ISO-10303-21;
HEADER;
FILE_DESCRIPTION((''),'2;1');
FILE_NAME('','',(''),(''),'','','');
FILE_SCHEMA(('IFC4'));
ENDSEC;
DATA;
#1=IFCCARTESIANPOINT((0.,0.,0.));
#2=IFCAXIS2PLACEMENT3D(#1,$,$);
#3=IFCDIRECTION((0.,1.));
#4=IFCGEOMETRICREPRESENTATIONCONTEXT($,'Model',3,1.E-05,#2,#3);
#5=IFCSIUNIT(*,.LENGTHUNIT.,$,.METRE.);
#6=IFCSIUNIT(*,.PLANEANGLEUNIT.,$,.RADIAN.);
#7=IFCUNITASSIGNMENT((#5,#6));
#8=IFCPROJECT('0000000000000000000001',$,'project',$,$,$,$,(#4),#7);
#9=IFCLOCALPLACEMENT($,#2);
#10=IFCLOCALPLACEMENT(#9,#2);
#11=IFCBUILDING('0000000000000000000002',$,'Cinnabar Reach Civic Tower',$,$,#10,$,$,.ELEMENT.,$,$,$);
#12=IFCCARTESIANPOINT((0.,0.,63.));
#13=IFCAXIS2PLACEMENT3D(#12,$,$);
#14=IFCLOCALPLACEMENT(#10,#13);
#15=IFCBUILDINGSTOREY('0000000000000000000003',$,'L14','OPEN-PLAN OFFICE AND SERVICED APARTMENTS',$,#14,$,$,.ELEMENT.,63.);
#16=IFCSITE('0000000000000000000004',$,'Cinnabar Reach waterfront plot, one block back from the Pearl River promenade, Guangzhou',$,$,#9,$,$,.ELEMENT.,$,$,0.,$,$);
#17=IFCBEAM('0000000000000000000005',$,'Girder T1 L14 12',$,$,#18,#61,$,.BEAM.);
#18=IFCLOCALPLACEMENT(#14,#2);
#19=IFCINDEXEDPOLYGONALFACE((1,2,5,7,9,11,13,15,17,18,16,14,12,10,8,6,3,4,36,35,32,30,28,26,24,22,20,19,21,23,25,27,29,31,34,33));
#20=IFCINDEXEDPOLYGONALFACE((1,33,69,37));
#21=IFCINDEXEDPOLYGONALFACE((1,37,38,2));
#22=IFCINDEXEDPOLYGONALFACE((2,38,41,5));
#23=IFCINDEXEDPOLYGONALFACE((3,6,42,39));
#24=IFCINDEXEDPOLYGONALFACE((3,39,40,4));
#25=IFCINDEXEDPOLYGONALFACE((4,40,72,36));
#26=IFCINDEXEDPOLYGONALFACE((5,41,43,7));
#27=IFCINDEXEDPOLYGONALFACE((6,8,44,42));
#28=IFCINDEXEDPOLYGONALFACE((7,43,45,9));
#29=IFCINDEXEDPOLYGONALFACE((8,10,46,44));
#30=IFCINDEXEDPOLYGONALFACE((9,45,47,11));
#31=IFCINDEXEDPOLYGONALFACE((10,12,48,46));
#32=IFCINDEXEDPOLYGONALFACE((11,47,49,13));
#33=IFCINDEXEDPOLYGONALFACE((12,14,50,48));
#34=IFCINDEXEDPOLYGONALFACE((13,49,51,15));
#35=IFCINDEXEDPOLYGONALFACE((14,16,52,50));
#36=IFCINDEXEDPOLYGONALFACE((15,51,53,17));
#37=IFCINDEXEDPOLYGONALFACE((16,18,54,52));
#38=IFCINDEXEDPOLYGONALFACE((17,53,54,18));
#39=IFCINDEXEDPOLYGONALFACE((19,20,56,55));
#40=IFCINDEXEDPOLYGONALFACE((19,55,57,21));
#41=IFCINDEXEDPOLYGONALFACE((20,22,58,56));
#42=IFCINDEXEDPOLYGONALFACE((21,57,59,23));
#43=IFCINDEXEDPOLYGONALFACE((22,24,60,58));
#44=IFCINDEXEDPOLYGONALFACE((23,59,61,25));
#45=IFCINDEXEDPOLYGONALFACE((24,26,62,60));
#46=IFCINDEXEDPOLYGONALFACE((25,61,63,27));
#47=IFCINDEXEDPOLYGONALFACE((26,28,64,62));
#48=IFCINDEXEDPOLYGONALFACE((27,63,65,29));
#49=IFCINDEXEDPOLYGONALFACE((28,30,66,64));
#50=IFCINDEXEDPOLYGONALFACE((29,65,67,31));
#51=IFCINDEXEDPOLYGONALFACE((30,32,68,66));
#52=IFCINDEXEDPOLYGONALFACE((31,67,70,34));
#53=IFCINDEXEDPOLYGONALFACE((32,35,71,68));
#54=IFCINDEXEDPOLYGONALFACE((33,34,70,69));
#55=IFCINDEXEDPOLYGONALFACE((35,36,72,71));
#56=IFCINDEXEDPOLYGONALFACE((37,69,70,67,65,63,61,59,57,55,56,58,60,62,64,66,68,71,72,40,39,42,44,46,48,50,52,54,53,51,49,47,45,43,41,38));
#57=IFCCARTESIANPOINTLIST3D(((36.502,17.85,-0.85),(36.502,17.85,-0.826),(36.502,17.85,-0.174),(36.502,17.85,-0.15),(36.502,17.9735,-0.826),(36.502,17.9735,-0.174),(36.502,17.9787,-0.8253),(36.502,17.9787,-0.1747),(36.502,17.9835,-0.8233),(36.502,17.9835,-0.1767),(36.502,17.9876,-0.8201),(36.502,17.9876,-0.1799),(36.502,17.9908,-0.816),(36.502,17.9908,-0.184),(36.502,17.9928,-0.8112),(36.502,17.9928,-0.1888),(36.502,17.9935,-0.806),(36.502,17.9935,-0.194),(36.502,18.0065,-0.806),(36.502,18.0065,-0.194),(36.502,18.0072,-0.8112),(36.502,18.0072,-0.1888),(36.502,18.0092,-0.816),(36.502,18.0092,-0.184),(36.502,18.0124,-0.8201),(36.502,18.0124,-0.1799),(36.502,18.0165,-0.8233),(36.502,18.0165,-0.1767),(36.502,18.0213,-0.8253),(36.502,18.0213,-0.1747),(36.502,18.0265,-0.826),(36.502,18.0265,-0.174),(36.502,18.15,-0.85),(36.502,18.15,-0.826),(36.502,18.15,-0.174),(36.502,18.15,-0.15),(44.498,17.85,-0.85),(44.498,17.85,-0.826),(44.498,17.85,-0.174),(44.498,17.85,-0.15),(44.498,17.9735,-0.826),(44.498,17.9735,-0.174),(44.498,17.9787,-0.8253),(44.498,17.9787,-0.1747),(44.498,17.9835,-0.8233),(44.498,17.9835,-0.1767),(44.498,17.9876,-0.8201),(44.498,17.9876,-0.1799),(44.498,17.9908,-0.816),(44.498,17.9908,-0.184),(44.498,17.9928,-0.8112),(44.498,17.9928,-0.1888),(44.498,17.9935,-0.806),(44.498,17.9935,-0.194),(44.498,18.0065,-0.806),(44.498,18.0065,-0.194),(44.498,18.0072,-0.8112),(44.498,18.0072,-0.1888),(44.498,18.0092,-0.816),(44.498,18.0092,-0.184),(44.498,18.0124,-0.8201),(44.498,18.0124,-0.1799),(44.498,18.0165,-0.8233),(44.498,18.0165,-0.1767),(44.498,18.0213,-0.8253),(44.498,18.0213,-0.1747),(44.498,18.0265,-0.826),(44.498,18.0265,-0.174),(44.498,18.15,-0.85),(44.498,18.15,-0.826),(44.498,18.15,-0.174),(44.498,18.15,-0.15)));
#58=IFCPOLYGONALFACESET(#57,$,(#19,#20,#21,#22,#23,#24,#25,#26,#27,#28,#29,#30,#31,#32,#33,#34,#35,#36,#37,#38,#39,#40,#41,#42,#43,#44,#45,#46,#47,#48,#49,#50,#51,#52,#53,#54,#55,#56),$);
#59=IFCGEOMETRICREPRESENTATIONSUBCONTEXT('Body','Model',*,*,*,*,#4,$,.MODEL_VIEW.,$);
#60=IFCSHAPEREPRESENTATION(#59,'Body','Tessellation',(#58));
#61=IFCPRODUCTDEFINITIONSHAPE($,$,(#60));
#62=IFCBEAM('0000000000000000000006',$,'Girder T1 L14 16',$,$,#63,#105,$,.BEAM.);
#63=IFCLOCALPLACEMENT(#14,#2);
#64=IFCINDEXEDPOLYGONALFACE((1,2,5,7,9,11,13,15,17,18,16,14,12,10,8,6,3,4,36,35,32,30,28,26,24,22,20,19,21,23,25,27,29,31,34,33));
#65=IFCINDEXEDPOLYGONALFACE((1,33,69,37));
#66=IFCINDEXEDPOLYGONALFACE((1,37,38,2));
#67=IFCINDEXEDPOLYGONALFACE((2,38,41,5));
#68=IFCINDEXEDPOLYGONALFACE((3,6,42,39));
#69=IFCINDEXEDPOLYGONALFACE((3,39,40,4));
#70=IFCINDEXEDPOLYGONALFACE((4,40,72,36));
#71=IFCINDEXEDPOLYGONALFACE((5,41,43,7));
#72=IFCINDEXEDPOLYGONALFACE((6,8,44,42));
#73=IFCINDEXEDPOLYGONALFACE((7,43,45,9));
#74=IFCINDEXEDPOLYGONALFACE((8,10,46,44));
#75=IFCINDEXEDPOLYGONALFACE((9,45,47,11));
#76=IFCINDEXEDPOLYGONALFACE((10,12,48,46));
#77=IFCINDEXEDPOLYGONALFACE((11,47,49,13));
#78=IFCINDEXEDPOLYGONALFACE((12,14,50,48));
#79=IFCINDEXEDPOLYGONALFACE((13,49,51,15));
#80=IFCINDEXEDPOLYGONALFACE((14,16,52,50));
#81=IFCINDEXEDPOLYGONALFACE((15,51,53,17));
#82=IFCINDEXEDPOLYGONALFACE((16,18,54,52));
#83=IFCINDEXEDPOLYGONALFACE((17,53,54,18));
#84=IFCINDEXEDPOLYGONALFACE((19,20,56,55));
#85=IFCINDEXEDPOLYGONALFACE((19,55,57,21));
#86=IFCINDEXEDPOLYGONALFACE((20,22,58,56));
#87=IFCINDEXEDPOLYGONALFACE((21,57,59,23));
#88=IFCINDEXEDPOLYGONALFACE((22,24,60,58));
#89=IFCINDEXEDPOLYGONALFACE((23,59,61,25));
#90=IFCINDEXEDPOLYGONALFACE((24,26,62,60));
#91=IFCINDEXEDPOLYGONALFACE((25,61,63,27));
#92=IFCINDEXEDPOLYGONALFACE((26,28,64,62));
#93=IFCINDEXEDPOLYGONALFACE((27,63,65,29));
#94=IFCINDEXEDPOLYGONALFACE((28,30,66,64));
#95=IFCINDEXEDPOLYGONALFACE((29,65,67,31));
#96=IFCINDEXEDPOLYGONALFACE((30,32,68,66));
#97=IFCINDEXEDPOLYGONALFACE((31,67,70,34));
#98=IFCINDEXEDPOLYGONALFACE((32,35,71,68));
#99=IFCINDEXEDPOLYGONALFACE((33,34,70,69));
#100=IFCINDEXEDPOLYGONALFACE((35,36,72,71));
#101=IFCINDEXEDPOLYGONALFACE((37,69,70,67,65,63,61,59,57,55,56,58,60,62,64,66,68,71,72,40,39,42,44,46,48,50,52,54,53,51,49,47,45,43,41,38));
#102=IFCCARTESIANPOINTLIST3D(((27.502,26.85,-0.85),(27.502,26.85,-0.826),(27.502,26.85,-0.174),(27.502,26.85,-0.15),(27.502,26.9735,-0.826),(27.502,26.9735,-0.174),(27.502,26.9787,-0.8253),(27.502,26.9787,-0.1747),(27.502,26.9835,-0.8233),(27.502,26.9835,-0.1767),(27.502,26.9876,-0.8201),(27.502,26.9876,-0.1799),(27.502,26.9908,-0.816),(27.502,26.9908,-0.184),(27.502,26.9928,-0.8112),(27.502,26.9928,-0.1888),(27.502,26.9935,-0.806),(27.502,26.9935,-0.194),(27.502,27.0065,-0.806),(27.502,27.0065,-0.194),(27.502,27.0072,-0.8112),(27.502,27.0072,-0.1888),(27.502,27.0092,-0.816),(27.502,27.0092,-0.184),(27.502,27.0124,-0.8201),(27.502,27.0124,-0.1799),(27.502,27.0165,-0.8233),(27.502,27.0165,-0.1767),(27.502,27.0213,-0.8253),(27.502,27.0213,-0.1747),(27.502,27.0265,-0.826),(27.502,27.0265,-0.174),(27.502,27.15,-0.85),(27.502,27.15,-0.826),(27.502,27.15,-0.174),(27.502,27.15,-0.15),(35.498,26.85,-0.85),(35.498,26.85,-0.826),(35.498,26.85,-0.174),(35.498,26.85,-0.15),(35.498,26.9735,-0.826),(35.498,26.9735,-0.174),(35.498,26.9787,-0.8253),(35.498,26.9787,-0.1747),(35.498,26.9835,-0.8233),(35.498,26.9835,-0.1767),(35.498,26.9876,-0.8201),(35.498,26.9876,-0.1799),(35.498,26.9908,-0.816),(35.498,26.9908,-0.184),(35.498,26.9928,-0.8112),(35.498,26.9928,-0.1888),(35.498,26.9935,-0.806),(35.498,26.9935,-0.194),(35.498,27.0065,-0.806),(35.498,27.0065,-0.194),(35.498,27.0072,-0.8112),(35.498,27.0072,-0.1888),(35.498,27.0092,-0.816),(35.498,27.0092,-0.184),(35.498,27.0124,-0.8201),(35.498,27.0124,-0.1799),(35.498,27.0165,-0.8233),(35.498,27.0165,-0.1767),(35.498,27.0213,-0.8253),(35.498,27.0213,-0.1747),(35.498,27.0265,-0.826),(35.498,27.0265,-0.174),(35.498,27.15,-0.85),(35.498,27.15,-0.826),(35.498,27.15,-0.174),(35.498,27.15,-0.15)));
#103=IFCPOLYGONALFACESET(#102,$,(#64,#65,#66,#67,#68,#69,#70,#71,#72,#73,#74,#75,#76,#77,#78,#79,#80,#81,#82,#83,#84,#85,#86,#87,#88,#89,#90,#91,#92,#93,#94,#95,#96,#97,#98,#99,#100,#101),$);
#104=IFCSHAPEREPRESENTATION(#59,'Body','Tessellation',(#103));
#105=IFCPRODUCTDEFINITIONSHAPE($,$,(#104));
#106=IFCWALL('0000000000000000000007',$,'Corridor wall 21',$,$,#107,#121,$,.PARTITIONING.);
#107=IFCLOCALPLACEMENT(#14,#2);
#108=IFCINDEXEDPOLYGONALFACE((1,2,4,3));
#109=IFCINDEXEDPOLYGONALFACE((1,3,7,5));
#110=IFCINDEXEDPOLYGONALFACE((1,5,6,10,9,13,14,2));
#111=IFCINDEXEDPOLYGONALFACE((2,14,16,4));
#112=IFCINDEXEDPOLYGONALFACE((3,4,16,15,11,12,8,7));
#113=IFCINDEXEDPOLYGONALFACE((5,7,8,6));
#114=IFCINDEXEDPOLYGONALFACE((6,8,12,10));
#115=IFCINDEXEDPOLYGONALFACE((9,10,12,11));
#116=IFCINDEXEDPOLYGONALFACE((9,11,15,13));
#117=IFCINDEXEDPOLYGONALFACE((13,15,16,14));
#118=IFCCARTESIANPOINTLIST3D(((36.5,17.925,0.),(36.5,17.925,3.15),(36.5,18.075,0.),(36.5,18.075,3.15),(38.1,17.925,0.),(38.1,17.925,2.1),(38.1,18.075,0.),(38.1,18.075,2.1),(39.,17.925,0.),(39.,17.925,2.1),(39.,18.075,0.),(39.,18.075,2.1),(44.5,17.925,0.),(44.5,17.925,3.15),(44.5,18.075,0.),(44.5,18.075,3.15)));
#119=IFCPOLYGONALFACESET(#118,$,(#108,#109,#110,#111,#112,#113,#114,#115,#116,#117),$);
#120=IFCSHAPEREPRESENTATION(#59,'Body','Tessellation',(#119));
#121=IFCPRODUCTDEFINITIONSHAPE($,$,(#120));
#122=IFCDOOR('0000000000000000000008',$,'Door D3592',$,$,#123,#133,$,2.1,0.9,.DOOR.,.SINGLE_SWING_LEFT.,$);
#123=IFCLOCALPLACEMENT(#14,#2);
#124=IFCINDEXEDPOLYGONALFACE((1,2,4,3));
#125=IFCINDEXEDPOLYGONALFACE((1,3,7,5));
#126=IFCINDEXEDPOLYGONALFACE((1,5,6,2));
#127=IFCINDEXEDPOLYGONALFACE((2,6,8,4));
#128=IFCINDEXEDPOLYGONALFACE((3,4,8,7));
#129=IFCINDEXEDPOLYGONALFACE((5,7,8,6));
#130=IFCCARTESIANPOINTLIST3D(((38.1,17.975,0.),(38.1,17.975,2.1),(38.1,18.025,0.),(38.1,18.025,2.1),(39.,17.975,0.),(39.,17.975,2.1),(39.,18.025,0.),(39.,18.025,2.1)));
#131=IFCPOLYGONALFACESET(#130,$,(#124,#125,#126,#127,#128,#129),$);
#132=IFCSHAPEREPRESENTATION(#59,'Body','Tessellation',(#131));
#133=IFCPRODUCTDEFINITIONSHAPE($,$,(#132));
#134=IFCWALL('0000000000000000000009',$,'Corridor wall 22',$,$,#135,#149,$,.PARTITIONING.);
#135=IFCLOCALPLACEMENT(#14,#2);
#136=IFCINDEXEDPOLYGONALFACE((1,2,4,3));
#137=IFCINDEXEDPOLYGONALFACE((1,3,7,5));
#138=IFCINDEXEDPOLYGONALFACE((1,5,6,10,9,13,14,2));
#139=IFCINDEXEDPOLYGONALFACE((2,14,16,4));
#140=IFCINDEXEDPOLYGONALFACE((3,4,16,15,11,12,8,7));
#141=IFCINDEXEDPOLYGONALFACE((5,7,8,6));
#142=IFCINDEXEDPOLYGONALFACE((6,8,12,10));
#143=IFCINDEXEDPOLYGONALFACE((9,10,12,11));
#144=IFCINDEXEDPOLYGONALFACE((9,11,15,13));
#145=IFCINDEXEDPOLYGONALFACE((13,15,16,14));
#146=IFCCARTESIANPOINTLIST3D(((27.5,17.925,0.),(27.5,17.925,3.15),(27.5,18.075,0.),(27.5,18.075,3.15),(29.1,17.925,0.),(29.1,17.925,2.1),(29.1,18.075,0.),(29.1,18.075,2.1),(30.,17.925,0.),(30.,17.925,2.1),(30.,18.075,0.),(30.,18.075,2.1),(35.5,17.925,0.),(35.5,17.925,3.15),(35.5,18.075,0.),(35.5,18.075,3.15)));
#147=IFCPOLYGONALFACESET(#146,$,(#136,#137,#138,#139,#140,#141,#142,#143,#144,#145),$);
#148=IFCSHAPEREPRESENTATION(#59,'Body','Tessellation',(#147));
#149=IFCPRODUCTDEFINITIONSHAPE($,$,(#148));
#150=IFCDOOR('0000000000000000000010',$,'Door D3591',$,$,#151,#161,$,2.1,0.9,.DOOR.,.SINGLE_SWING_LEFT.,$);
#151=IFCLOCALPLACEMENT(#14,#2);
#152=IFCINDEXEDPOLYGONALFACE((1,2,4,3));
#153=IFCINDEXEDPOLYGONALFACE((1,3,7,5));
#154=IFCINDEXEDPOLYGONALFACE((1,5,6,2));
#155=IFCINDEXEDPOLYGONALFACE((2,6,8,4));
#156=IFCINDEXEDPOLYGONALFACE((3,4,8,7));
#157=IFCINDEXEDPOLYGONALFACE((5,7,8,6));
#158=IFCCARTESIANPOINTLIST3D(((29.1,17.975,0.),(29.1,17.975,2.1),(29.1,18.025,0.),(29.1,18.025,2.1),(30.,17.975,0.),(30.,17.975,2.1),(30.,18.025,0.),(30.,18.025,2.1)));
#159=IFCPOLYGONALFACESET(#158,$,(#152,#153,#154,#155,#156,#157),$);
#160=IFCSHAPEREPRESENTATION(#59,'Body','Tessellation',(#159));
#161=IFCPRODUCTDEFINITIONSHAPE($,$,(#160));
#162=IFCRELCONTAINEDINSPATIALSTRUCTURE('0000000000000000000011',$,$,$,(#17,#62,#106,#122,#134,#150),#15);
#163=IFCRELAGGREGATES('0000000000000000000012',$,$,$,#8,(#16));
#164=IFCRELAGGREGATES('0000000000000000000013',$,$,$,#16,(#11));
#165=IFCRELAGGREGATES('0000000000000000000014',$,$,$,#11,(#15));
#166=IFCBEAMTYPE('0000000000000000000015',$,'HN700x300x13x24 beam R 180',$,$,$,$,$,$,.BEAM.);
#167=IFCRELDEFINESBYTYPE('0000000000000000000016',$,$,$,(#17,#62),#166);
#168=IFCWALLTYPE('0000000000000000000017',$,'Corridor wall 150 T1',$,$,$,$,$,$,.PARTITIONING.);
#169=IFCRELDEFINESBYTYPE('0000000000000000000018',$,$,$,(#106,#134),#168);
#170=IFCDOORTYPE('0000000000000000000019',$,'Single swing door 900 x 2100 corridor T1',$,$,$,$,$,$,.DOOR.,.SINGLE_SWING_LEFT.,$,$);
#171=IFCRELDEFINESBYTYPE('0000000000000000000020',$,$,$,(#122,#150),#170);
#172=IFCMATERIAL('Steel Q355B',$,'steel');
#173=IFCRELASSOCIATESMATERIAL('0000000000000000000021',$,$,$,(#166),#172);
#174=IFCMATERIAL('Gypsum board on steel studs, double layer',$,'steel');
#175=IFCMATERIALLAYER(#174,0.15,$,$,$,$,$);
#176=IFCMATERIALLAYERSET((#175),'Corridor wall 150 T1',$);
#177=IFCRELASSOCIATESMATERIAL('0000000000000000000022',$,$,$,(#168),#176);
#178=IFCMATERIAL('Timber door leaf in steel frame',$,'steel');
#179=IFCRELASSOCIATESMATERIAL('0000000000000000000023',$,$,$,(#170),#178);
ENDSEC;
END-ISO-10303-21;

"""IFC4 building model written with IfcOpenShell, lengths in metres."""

from ifc_helpers import new_model, si_unit, direction, frame, frame_2d, origin, origin_2d, place, context, subcontext, project, spatial, rectangle, i_section, extrude, material, layer, layer_set, material_profile, profile_set, type_object, element, fill, save


model = new_model("IFC4")

# Units and contexts
model_context = context("Model", 3, precision=1e-05, world=origin(), true_north=direction((0.0, 1.0)))
body_context = subcontext(model_context, "Body", "Model", "MODEL_VIEW")
ifc_project = project(units=[si_unit("LENGTHUNIT", "METRE"), si_unit("PLANEANGLEUNIT", "RADIAN")], contexts=[model_context])

# Site, building, storey
site_placement = place(None, origin())
site = spatial("IfcSite", under=ifc_project, at=site_placement, Name="Cinnabar Reach waterfront plot, one block back from the Pearl River promenade, Guangzhou", CompositionType="ELEMENT", RefElevation=0.0)
building_placement = place(site_placement, origin())
building = spatial("IfcBuilding", under=site, at=building_placement, Name="Cinnabar Reach Civic Tower", CompositionType="ELEMENT")
storey_placement = place(building_placement, frame((0.0, 0.0, 63.0)))
storey = spatial("IfcBuildingStorey", under=building, at=storey_placement, Name="L14", Description="OPEN-PLAN OFFICE AND SERVICED APARTMENTS", CompositionType="ELEMENT", Elevation=63.0)

# Beams
ifc_material_1 = material(Name="Steel Q355B", Category="steel")
ifc_material_profile_1 = material_profile(ifc_material_1, i_section(OverallWidth=0.3, OverallDepth=0.7, WebThickness=0.013, FlangeThickness=0.024, FilletRadius=0.02, at=origin_2d()), Name="HN700x300x13x24")
ifc_profile_set_1 = profile_set([ifc_material_profile_1], Name="Steel Q355B")
beam_type_1 = type_object("IfcBeamType", Name="HN700x300x13x24 beam R 180", PredefinedType="BEAM", material=ifc_profile_set_1)
for number, where, z_axis, x_axis, name in (
    (1, (36.502, 18.0, -0.5), (1.0, 0.0, 0.0), (0.0, 1.0, 0.0), "Girder T1 L14 12"),
    (2, (27.502, 27.0, -0.5), (1.0, 0.0, 0.0), (0.0, 1.0, 0.0), "Girder T1 L14 16"),
):
    element("IfcBeam", number, at=place(storey_placement, frame(where, z_axis=z_axis, x_axis=x_axis)), inside=storey, type_object=beam_type_1, Name=name, PredefinedType="BEAM", context=body_context, shape_type="SweptSolid", body=[
        extrude(i_section(OverallWidth=0.3, OverallDepth=0.7, WebThickness=0.013, FlangeThickness=0.024, FilletRadius=0.02, at=origin_2d()), origin(), (0.0, 0.0, 1.0), 7.996),
    ])

# Walls, openings, doors
ifc_material_2 = material(Name="Gypsum board on steel studs, double layer", Category="steel")
ifc_layer_1 = layer(ifc_material_2, 0.15)
ifc_layer_set_1 = layer_set([ifc_layer_1], Name="Corridor wall 150 T1")
wall_type_1 = type_object("IfcWallType", Name="Corridor wall 150 T1", PredefinedType="PARTITIONING", material=ifc_layer_set_1)
wall_1_placement = place(storey_placement, frame((36.5, 18.0, 0.0), z_axis=(0.0, 0.0, 1.0), x_axis=(1.0, 0.0, 0.0)))
wall_1 = element("IfcWall", 3, at=wall_1_placement, inside=storey, type_object=wall_type_1, Name="Corridor wall 21", PredefinedType="PARTITIONING", context=body_context, shape_type="SweptSolid", body=[
    extrude(rectangle(XDim=8.0, YDim=0.15, at=frame_2d((4.0, 0.0))), origin(), (0.0, 0.0, 1.0), 3.15),
])
opening_1_placement = place(wall_1_placement, frame((1.6, 0.0, 0.0)))
opening_1 = element("IfcOpeningElement", 4, at=opening_1_placement, cuts=wall_1, PredefinedType="OPENING", context=body_context, shape_type="SweptSolid", body=[
    extrude(rectangle(XDim=0.9, YDim=2.1, at=frame_2d((0.45, 1.05))), frame((0.0, 0.085, 0.0), z_axis=(0.0, -1.0, 0.0), x_axis=(1.0, 0.0, 0.0)), (0.0, 0.0, 1.0), 0.17),
])
ifc_material_3 = material(Name="Timber door leaf in steel frame", Category="steel")
door_type_1 = type_object("IfcDoorType", Name="Single swing door 900 x 2100 corridor T1", OperationType="SINGLE_SWING_LEFT", PredefinedType="DOOR", material=ifc_material_3)
door_1_placement = place(opening_1_placement, frame((0.9, 0.0, 0.0), z_axis=(0.0, 0.0, 1.0), x_axis=(-1.0, 0.0, 0.0)))
door_1 = element("IfcDoor", 5, at=door_1_placement, inside=storey, type_object=door_type_1, Name="Door D3592", OperationType="SINGLE_SWING_LEFT", OverallHeight=2.1, OverallWidth=0.9, PredefinedType="DOOR", context=body_context, shape_type="SweptSolid", body=[
    extrude(rectangle(XDim=0.9, YDim=2.1, at=frame_2d((0.45, 1.05))), frame((0.0, 0.025, 0.0), z_axis=(0.0, -1.0, 0.0), x_axis=(1.0, 0.0, 0.0)), (0.0, 0.0, 1.0), 0.05),
])
fill(opening_1, door_1)
wall_2_placement = place(storey_placement, frame((27.5, 18.0, 0.0), z_axis=(0.0, 0.0, 1.0), x_axis=(1.0, 0.0, 0.0)))
wall_2 = element("IfcWall", 6, at=wall_2_placement, inside=storey, type_object=wall_type_1, Name="Corridor wall 22", PredefinedType="PARTITIONING", context=body_context, shape_type="SweptSolid", body=[
    extrude(rectangle(XDim=8.0, YDim=0.15, at=frame_2d((4.0, 0.0))), origin(), (0.0, 0.0, 1.0), 3.15),
])
opening_2_placement = place(wall_2_placement, frame((1.6, 0.0, 0.0)))
opening_2 = element("IfcOpeningElement", 7, at=opening_2_placement, cuts=wall_2, PredefinedType="OPENING", context=body_context, shape_type="SweptSolid", body=[
    extrude(rectangle(XDim=0.9, YDim=2.1, at=frame_2d((0.45, 1.05))), frame((0.0, 0.085, 0.0), z_axis=(0.0, -1.0, 0.0), x_axis=(1.0, 0.0, 0.0)), (0.0, 0.0, 1.0), 0.17),
])
door_2_placement = place(opening_2_placement, frame((0.9, 0.0, 0.0), z_axis=(0.0, 0.0, 1.0), x_axis=(-1.0, 0.0, 0.0)))
door_2 = element("IfcDoor", 8, at=door_2_placement, inside=storey, type_object=door_type_1, Name="Door D3591", OperationType="SINGLE_SWING_LEFT", OverallHeight=2.1, OverallWidth=0.9, PredefinedType="DOOR", context=body_context, shape_type="SweptSolid", body=[
    extrude(rectangle(XDim=0.9, YDim=2.1, at=frame_2d((0.45, 1.05))), frame((0.0, 0.025, 0.0), z_axis=(0.0, -1.0, 0.0), x_axis=(1.0, 0.0, 0.0)), (0.0, 0.0, 1.0), 0.05),
])
fill(opening_2, door_2)

save(model, "model.ifc")
